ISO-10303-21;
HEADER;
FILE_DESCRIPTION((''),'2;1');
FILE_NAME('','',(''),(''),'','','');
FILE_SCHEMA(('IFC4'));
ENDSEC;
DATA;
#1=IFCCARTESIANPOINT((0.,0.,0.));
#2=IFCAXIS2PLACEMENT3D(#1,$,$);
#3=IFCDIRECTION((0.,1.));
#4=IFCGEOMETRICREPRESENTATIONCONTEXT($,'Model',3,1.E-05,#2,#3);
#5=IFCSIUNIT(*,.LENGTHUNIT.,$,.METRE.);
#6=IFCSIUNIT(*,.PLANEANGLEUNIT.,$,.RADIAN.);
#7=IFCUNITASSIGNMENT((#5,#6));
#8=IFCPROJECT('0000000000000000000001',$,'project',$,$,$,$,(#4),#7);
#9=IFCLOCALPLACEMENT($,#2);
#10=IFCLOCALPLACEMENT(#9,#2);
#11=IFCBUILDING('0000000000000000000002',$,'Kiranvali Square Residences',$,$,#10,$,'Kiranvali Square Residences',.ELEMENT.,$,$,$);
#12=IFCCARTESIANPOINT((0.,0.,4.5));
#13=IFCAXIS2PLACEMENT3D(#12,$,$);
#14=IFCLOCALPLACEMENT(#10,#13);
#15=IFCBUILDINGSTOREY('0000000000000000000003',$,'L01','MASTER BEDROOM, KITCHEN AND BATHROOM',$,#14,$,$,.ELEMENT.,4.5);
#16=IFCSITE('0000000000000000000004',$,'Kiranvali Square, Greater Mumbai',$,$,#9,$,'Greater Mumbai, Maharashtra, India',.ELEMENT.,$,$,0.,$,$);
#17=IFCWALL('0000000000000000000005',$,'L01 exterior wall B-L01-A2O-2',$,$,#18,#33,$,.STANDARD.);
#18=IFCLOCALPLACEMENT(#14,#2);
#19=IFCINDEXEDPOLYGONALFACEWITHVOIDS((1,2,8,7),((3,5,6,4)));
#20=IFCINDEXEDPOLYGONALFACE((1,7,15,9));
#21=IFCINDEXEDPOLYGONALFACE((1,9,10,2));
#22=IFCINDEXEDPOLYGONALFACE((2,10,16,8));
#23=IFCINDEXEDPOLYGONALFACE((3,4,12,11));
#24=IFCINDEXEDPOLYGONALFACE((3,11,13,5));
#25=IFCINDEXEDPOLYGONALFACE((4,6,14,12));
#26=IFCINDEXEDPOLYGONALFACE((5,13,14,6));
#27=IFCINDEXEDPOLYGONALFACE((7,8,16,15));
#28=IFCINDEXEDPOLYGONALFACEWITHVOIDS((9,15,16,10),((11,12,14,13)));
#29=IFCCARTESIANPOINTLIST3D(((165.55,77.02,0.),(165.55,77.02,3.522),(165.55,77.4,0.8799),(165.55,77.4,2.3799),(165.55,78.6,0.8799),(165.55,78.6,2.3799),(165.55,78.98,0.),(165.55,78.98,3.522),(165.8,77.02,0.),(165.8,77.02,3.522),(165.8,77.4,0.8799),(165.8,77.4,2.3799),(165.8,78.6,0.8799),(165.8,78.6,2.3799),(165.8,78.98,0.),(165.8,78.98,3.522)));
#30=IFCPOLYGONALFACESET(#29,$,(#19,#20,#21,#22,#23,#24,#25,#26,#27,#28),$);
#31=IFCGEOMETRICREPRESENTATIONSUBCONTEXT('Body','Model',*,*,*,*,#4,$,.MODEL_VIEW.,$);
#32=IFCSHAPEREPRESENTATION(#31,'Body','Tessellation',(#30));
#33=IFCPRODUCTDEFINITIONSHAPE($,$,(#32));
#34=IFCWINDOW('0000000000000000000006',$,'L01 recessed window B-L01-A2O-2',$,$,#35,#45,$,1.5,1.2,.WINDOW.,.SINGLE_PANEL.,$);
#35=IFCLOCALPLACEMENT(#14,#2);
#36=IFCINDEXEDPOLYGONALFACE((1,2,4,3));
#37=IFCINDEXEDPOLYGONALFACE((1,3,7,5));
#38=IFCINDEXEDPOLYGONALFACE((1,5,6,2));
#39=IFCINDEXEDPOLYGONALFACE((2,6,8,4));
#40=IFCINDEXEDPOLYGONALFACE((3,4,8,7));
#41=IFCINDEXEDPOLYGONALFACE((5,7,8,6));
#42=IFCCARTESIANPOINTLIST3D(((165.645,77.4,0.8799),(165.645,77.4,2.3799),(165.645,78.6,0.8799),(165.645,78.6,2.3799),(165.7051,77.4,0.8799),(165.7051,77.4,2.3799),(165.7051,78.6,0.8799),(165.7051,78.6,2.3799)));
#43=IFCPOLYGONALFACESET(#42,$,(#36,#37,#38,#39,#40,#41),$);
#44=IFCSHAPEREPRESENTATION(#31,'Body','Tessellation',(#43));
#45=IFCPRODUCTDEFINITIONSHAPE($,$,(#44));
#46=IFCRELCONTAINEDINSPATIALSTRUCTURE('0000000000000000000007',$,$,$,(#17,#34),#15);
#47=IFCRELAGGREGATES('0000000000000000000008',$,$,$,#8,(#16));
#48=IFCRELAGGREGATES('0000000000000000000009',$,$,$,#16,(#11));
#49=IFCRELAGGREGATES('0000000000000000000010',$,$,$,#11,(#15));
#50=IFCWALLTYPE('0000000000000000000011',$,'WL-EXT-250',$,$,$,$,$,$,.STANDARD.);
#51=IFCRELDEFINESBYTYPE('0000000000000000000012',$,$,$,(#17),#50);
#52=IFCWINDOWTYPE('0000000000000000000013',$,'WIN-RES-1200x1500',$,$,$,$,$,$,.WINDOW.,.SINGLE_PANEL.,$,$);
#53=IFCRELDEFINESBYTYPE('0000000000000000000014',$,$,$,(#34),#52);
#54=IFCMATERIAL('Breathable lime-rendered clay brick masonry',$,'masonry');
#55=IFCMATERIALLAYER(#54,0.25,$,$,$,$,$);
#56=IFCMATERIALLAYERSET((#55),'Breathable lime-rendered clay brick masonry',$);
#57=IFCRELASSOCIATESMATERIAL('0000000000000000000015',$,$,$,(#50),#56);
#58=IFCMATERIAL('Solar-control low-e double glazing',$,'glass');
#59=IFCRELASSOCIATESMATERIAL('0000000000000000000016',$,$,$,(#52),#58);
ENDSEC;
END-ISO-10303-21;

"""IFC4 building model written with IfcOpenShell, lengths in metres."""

from ifc_helpers import new_model, si_unit, direction, frame, frame_2d, origin, place, context, subcontext, project, spatial, rectangle, extrude, material, layer, layer_set, type_object, element, fill, save


model = new_model("IFC4")

# Units and contexts
model_context = context("Model", 3, precision=1e-05, world=origin(), true_north=direction((0.0, 1.0)))
body_context = subcontext(model_context, "Body", "Model", "MODEL_VIEW")
ifc_project = project(units=[si_unit("LENGTHUNIT", "METRE"), si_unit("PLANEANGLEUNIT", "RADIAN")], contexts=[model_context])

# Site, building, storey
site_placement = place(None, origin())
site = spatial("IfcSite", under=ifc_project, at=site_placement, Name="Kiranvali Square, Greater Mumbai", LongName="Greater Mumbai, Maharashtra, India", CompositionType="ELEMENT", RefElevation=0.0)
building_placement = place(site_placement, origin())
building = spatial("IfcBuilding", under=site, at=building_placement, Name="Kiranvali Square Residences", LongName="Kiranvali Square Residences", CompositionType="ELEMENT")
storey_placement = place(building_placement, frame((0.0, 0.0, 4.5)))
storey = spatial("IfcBuildingStorey", under=building, at=storey_placement, Name="L01", Description="MASTER BEDROOM, KITCHEN AND BATHROOM", CompositionType="ELEMENT", Elevation=4.5)

# Shared definitions
ifc_material_1 = material(Name="Solar-control low-e double glazing", Category="glass")

# Wall, opening, window
ifc_material_2 = material(Name="Breathable lime-rendered clay brick masonry", Category="masonry")
ifc_layer_1 = layer(ifc_material_2, 0.25)
ifc_layer_set_1 = layer_set([ifc_layer_1], Name="Breathable lime-rendered clay brick masonry")
wall_type = type_object("IfcWallType", Name="WL-EXT-250", PredefinedType="STANDARD", material=ifc_layer_set_1)
wall_placement = place(storey_placement, frame((165.675, 78.98, 0.0), z_axis=(0.0, 0.0, 1.0), x_axis=(0.0, -1.0, 0.0)))
wall = element("IfcWall", 1, at=wall_placement, inside=storey, type_object=wall_type, Name="L01 exterior wall B-L01-A2O-2", PredefinedType="STANDARD", context=body_context, shape_type="SweptSolid", body=[
    extrude(rectangle(XDim=1.96, YDim=0.25, at=frame_2d((0.98, 0.0))), origin(), (0.0, 0.0, 1.0), 3.522),
])
opening_placement = place(wall_placement, frame((0.3799, 0.0, 0.8799)))
opening = element("IfcOpeningElement", 2, at=opening_placement, cuts=wall, PredefinedType="OPENING", context=body_context, shape_type="SweptSolid", body=[
    extrude(rectangle(XDim=1.2, YDim=1.5, at=frame_2d((0.6001, 0.75))), frame((0.0, 0.135, 0.0), z_axis=(0.0, -1.0, 0.0), x_axis=(1.0, 0.0, 0.0)), (0.0, 0.0, 1.0), 0.27),
])
window_type = type_object("IfcWindowType", Name="WIN-RES-1200x1500", PartitioningType="SINGLE_PANEL", PredefinedType="WINDOW", material=ifc_material_1)
window_placement = place(opening_placement, origin())
window = element("IfcWindow", 3, at=window_placement, inside=storey, type_object=window_type, Name="L01 recessed window B-L01-A2O-2", OverallHeight=1.5, OverallWidth=1.2, PartitioningType="SINGLE_PANEL", PredefinedType="WINDOW", context=body_context, shape_type="SweptSolid", body=[
    extrude(rectangle(XDim=1.2, YDim=1.5, at=frame_2d((0.6001, 0.75))), frame((0.0, 0.03, 0.0), z_axis=(0.0, -1.0, 0.0), x_axis=(1.0, 0.0, 0.0)), (0.0, 0.0, 1.0), 0.0601),
])
fill(opening, window)

save(model, "model.ifc")
